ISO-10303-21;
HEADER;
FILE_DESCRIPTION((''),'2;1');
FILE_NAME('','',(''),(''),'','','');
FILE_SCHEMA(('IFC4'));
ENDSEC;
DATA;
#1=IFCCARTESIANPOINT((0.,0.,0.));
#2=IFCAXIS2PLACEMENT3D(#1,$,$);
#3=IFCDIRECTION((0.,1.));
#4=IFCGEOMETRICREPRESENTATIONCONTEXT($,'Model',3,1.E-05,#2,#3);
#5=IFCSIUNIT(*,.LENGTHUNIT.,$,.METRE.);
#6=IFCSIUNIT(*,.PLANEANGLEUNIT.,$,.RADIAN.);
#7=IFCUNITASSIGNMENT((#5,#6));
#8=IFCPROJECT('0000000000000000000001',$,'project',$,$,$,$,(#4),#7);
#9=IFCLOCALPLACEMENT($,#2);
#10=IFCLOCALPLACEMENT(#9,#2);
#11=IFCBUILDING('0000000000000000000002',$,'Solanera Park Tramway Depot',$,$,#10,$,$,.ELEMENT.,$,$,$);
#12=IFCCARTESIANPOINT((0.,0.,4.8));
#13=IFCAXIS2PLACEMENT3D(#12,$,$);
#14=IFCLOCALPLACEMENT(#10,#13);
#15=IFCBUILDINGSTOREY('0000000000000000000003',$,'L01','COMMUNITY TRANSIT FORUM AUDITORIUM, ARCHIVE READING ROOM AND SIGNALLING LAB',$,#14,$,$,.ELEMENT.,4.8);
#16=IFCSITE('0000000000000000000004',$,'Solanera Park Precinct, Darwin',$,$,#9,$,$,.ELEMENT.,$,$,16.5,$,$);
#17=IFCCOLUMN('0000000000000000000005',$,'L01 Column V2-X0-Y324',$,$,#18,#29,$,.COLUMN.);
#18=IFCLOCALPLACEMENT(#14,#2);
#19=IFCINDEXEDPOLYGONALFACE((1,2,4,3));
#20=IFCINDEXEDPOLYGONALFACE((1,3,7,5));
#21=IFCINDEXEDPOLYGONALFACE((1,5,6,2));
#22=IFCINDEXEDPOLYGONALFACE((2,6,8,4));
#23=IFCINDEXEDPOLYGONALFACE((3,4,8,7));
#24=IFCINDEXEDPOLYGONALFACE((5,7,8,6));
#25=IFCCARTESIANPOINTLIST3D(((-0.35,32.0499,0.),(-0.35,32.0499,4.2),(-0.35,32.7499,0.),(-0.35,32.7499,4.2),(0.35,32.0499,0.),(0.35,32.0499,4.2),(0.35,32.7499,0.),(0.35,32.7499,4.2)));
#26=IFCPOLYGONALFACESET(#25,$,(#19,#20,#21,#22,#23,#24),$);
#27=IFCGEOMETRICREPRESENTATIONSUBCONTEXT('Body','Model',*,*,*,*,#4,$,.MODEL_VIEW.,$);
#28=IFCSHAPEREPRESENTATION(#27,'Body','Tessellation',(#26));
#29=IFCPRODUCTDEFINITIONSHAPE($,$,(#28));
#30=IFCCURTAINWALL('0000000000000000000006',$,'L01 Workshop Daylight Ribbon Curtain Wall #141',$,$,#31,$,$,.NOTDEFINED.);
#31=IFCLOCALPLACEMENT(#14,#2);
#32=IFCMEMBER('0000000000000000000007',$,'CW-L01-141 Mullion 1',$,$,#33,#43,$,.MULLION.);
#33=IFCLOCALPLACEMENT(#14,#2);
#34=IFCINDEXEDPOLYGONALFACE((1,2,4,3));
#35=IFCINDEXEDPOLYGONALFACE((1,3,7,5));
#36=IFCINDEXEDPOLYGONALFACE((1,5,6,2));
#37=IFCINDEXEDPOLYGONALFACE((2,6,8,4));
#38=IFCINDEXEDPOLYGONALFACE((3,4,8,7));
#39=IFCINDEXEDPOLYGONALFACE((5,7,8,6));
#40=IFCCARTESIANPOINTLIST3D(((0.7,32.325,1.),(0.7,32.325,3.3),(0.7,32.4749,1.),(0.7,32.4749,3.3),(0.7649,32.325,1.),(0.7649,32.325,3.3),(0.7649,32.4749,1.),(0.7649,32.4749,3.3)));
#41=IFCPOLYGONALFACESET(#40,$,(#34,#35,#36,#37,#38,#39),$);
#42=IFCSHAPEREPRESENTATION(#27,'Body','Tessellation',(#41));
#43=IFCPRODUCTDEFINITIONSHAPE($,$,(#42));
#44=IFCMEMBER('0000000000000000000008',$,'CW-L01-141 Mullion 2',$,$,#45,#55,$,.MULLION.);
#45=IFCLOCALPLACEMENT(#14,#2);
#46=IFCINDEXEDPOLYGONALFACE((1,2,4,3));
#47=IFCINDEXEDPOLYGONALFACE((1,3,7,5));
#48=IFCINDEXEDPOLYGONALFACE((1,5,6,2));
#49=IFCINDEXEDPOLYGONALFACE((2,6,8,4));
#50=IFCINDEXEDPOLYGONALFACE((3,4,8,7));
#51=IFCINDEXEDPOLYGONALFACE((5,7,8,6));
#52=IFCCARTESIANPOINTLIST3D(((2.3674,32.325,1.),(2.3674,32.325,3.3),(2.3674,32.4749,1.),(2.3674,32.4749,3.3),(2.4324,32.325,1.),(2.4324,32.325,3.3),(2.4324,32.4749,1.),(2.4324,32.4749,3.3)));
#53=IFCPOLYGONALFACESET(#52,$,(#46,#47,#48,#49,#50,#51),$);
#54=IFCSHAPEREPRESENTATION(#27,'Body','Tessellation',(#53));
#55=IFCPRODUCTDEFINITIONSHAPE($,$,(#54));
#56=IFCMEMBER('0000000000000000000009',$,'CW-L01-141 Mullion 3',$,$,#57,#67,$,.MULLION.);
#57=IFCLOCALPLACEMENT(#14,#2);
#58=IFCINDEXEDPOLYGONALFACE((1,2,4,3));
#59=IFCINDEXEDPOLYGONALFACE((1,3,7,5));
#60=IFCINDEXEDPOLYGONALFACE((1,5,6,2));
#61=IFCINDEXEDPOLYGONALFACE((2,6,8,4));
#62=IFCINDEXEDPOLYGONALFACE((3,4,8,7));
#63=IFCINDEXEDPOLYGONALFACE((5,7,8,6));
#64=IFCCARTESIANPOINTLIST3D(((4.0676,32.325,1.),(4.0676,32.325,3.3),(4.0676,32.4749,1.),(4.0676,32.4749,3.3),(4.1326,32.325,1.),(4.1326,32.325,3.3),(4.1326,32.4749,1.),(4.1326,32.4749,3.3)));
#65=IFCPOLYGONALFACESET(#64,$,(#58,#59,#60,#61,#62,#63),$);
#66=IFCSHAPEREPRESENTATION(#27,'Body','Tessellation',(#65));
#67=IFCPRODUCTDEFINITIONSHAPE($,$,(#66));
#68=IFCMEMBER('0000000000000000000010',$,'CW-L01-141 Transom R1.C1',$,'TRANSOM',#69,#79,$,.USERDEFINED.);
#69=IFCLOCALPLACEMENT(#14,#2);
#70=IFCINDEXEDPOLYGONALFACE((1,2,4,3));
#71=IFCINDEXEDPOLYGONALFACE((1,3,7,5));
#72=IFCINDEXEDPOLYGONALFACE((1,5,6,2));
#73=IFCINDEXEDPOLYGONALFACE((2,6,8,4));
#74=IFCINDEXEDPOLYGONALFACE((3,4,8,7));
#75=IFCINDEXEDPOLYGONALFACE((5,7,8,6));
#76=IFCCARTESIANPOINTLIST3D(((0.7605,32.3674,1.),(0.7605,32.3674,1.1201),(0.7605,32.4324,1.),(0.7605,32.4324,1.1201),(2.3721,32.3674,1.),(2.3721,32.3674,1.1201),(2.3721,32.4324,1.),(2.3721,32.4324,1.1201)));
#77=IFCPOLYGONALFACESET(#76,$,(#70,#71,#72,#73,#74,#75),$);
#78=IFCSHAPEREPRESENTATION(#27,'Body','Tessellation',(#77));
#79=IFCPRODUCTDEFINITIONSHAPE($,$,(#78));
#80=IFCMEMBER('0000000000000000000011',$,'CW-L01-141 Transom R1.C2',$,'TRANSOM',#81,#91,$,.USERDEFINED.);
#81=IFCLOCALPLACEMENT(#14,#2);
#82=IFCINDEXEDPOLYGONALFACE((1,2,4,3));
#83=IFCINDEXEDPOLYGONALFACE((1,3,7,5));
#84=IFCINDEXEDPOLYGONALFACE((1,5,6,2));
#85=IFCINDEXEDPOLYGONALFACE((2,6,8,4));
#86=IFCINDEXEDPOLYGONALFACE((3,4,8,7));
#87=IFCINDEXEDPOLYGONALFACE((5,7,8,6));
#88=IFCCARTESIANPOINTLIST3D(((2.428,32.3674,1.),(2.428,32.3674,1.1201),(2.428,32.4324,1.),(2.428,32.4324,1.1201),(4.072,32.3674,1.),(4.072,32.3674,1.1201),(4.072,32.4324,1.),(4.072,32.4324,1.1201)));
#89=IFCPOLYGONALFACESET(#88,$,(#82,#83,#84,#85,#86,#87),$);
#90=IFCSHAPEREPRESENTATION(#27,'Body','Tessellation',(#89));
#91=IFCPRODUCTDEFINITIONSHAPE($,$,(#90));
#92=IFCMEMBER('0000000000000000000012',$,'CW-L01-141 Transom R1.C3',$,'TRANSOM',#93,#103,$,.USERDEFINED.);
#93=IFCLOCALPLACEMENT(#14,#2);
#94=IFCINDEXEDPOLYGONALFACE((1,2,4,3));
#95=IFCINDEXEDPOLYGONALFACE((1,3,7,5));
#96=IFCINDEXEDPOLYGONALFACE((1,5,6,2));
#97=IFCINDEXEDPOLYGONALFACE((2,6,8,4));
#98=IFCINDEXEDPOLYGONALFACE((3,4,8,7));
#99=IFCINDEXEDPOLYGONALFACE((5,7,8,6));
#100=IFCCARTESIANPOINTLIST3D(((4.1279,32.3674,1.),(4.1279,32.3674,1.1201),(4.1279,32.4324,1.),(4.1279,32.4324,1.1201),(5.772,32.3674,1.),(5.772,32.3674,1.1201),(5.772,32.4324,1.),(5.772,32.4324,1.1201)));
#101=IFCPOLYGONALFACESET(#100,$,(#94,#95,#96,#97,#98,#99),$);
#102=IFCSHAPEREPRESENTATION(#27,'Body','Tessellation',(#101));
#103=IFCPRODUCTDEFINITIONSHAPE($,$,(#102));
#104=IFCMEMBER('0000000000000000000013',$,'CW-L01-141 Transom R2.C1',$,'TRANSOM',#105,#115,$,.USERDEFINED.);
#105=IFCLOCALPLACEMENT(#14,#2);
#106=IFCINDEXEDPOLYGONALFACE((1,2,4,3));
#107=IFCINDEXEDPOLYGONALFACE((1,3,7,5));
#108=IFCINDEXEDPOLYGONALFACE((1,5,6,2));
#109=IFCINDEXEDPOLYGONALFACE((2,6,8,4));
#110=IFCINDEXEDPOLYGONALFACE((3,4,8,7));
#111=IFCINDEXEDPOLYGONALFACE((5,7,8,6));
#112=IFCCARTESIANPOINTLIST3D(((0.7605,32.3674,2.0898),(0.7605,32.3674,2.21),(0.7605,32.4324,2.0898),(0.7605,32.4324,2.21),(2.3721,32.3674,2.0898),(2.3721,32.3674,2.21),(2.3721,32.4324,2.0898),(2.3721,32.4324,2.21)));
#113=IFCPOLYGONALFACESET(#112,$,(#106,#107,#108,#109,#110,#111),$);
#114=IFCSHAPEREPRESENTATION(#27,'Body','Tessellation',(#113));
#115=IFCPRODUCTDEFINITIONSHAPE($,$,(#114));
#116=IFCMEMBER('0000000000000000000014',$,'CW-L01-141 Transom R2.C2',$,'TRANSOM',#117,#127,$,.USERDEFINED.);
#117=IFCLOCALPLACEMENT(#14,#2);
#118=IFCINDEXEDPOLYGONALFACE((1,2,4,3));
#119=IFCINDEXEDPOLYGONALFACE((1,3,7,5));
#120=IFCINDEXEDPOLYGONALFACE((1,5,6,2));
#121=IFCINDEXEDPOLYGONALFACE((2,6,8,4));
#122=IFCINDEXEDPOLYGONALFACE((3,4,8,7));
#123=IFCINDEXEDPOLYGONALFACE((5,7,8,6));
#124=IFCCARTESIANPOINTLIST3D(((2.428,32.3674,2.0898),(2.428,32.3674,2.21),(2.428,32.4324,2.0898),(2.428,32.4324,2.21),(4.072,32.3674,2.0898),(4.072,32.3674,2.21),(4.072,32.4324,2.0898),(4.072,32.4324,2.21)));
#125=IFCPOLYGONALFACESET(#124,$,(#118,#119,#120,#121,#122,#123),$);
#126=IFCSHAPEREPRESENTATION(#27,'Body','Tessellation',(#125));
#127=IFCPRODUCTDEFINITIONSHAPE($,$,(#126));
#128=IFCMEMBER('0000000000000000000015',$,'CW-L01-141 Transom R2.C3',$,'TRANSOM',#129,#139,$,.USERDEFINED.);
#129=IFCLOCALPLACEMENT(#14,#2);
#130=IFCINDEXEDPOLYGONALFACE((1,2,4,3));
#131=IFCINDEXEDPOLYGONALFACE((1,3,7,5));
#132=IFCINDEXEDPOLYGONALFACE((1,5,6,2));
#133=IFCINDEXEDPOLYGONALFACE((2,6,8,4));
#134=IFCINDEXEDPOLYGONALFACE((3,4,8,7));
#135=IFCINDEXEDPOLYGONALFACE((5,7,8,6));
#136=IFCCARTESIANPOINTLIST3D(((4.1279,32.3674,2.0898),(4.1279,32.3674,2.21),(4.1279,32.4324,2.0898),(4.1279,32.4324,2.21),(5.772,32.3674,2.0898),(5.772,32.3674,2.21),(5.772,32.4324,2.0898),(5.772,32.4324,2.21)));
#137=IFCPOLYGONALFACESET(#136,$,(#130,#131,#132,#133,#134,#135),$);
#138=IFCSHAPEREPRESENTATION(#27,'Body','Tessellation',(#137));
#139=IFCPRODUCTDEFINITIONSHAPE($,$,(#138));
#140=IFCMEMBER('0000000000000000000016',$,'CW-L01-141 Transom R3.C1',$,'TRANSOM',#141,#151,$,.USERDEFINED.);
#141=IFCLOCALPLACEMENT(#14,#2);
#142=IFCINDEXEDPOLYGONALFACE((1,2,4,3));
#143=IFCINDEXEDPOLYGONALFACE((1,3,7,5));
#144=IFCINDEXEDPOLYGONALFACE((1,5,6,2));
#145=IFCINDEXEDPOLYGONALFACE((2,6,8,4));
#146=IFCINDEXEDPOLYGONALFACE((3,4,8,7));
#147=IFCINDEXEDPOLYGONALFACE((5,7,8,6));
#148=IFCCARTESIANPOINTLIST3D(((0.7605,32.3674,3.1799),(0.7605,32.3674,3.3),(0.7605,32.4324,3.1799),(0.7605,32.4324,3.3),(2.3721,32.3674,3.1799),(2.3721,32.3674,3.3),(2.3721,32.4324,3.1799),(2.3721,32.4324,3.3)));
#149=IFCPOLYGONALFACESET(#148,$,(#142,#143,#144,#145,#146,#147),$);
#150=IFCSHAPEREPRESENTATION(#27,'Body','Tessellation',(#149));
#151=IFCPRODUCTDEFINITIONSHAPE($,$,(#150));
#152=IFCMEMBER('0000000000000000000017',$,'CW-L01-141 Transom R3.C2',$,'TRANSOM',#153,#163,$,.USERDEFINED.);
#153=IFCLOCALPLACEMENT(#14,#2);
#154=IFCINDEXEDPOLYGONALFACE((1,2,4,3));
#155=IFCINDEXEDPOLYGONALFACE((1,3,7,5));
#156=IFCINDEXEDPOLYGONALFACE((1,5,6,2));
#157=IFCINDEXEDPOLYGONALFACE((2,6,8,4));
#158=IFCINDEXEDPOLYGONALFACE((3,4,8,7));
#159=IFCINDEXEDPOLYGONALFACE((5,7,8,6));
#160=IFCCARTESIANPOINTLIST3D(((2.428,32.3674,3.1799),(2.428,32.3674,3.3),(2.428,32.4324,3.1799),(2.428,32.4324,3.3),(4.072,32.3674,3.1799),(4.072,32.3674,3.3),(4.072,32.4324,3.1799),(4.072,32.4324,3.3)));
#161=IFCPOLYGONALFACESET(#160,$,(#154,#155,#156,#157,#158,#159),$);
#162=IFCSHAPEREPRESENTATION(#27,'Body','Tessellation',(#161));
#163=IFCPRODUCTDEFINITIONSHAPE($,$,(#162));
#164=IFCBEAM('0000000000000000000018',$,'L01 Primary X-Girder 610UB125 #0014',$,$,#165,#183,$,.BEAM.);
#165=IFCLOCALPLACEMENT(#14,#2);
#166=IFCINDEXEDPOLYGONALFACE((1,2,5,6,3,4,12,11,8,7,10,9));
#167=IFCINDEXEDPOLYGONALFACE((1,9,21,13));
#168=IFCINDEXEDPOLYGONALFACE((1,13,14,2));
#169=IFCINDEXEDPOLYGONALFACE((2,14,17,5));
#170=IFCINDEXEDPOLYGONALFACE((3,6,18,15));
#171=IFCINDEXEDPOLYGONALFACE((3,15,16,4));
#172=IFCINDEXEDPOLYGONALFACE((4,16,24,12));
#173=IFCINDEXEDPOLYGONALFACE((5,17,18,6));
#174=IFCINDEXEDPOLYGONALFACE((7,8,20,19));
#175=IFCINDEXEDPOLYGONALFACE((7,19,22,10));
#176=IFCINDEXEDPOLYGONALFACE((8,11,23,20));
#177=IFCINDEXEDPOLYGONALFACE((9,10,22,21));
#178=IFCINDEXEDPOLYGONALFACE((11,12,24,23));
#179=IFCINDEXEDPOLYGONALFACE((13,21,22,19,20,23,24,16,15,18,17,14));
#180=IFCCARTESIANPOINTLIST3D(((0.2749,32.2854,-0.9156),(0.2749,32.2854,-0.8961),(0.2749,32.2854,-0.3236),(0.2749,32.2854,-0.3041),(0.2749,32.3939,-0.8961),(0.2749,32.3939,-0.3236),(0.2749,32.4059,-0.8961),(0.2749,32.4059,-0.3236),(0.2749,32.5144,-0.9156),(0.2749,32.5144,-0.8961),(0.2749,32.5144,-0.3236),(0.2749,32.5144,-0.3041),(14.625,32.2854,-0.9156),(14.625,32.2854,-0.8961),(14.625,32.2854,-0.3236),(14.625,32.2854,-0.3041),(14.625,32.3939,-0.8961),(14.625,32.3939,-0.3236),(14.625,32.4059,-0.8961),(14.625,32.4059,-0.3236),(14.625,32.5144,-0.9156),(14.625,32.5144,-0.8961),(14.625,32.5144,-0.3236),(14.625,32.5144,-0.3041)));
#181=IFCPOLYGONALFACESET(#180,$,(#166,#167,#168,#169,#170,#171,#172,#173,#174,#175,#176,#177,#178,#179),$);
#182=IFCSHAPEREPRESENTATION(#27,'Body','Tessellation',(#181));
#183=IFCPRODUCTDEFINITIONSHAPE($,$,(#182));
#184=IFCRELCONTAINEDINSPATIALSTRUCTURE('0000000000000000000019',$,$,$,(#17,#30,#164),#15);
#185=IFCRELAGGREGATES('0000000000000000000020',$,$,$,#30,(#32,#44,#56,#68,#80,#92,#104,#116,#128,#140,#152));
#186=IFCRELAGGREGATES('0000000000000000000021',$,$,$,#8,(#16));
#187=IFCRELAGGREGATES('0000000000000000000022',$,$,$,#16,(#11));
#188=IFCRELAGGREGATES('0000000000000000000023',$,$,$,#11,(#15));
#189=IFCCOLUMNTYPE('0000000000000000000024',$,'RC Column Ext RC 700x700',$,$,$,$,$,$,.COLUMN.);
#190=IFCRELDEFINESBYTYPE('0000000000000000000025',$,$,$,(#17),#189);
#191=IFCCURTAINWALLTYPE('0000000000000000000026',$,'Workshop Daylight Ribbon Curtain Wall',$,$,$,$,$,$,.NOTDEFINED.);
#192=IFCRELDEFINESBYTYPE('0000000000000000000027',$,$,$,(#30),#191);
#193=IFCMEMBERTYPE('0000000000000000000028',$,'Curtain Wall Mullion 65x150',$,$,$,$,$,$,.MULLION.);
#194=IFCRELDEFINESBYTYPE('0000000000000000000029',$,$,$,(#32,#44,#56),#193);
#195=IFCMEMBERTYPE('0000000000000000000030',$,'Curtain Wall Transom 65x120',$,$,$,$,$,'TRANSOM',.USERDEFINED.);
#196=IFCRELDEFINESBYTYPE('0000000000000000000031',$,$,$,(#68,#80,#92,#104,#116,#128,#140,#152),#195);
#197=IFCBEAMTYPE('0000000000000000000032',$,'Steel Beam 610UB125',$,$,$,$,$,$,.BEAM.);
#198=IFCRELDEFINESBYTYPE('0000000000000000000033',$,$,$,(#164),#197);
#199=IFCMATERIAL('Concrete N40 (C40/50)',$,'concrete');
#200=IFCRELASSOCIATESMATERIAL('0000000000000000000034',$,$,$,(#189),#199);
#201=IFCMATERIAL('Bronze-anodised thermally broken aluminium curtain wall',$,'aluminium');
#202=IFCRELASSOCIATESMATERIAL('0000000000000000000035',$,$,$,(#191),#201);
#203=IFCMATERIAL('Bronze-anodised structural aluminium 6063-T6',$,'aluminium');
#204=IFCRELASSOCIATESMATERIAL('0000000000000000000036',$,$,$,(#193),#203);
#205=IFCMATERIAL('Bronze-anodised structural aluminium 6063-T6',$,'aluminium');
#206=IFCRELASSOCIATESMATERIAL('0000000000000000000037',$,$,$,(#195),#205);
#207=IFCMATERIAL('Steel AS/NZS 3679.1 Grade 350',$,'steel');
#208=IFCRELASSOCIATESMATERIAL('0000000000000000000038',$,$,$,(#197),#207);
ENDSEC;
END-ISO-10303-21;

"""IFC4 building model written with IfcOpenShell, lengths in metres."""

from ifc_helpers import new_model, si_unit, direction, frame, origin, origin_2d, place, context, subcontext, project, spatial, rectangle, i_section, extrude, material, material_profile, profile_set, type_object, element, aggregate, save


model = new_model("IFC4")

# Units and contexts
model_context = context("Model", 3, precision=1e-05, world=origin(), true_north=direction((0.0, 1.0)))
body_context = subcontext(model_context, "Body", "Model", "MODEL_VIEW")
ifc_project = project(units=[si_unit("LENGTHUNIT", "METRE"), si_unit("PLANEANGLEUNIT", "RADIAN")], contexts=[model_context])

# Site, building, storey
site_placement = place(None, origin())
site = spatial("IfcSite", under=ifc_project, at=site_placement, Name="Solanera Park Precinct, Darwin", CompositionType="ELEMENT", RefElevation=16.5)
building_placement = place(site_placement, origin())
building = spatial("IfcBuilding", under=site, at=building_placement, Name="Solanera Park Tramway Depot", CompositionType="ELEMENT")
storey_placement = place(building_placement, frame((0.0, 0.0, 4.8)))
storey = spatial("IfcBuildingStorey", under=building, at=storey_placement, Name="L01", Description="COMMUNITY TRANSIT FORUM AUDITORIUM, ARCHIVE READING ROOM AND SIGNALLING LAB", CompositionType="ELEMENT", Elevation=4.8)

# Column
ifc_material_1 = material(Name="Concrete N40 (C40/50)", Category="concrete")
ifc_material_profile_1 = material_profile(ifc_material_1, rectangle(XDim=0.7, YDim=0.7, at=origin_2d()), Name="RC 700x700")
ifc_profile_set_1 = profile_set([ifc_material_profile_1], Name="Concrete N40 (C40/50)")
column_type = type_object("IfcColumnType", Name="RC Column Ext RC 700x700", PredefinedType="COLUMN", material=ifc_profile_set_1)
column_placement = place(storey_placement, frame((0.0, 32.3999, 0.0), z_axis=(0.0, 0.0, 1.0), x_axis=(1.0, 0.0, 0.0)))
element("IfcColumn", 1, at=column_placement, inside=storey, type_object=column_type, Name="L01 Column V2-X0-Y324", PredefinedType="COLUMN", context=body_context, shape_type="SweptSolid", body=[
    extrude(rectangle(XDim=0.7, YDim=0.7, at=origin_2d()), origin(), (0.0, 0.0, 1.0), 4.2),
])

# Curtain wall, members
ifc_material_2 = material(Name="Bronze-anodised thermally broken aluminium curtain wall", Category="aluminium")
curtain_wall_type = type_object("IfcCurtainWallType", Name="Workshop Daylight Ribbon Curtain Wall", PredefinedType="NOTDEFINED", material=ifc_material_2)
curtain_wall_placement = place(storey_placement, origin())
curtain_wall = element("IfcCurtainWall", 2, at=curtain_wall_placement, inside=storey, type_object=curtain_wall_type, Name="L01 Workshop Daylight Ribbon Curtain Wall #141", PredefinedType="NOTDEFINED")
ifc_material_3 = material(Name="Bronze-anodised structural aluminium 6063-T6", Category="aluminium")
ifc_material_profile_2 = material_profile(ifc_material_3, rectangle(XDim=0.0649, YDim=0.1499, at=origin_2d()), Name="Curtain Wall Mullion 65x150")
ifc_profile_set_2 = profile_set([ifc_material_profile_2], Name="Bronze-anodised structural aluminium 6063-T6")
member_type_1 = type_object("IfcMemberType", Name="Curtain Wall Mullion 65x150", PredefinedType="MULLION", material=ifc_profile_set_2)
member_1_placement = place(storey_placement, frame((0.7324, 32.3999, 1.0), z_axis=(0.0, 0.0, 1.0), x_axis=(1.0, 0.0, 0.0)))
member_1 = element("IfcMember", 3, at=member_1_placement, type_object=member_type_1, Name="CW-L01-141 Mullion 1", PredefinedType="MULLION", context=body_context, shape_type="SweptSolid", body=[
    extrude(rectangle(XDim=0.0649, YDim=0.1499, at=origin_2d()), origin(), (0.0, 0.0, 1.0), 2.3),
])
member_2_placement = place(storey_placement, frame((2.3999, 32.3999, 1.0), z_axis=(0.0, 0.0, 1.0), x_axis=(1.0, 0.0, 0.0)))
member_2 = element("IfcMember", 4, at=member_2_placement, type_object=member_type_1, Name="CW-L01-141 Mullion 2", PredefinedType="MULLION", context=body_context, shape_type="SweptSolid", body=[
    extrude(rectangle(XDim=0.0649, YDim=0.1499, at=origin_2d()), origin(), (0.0, 0.0, 1.0), 2.3),
])
member_3_placement = place(storey_placement, frame((4.1001, 32.3999, 1.0), z_axis=(0.0, 0.0, 1.0), x_axis=(1.0, 0.0, 0.0)))
member_3 = element("IfcMember", 5, at=member_3_placement, type_object=member_type_1, Name="CW-L01-141 Mullion 3", PredefinedType="MULLION", context=body_context, shape_type="SweptSolid", body=[
    extrude(rectangle(XDim=0.0649, YDim=0.1499, at=origin_2d()), origin(), (0.0, 0.0, 1.0), 2.3),
])
ifc_material_4 = material(Name="Bronze-anodised structural aluminium 6063-T6", Category="aluminium")
ifc_material_profile_3 = material_profile(ifc_material_4, rectangle(XDim=0.0649, YDim=0.1201, at=origin_2d()), Name="Curtain Wall Transom 65x120")
ifc_profile_set_3 = profile_set([ifc_material_profile_3], Name="Bronze-anodised structural aluminium 6063-T6")
member_type_2 = type_object("IfcMemberType", Name="Curtain Wall Transom 65x120", ElementType="TRANSOM", PredefinedType="USERDEFINED", material=ifc_profile_set_3)
member_4_placement = place(storey_placement, frame((0.7605, 32.3999, 1.0601), z_axis=(1.0, 0.0, 0.0), x_axis=(0.0, 1.0, 0.0)))
member_4 = element("IfcMember", 6, at=member_4_placement, type_object=member_type_2, Name="CW-L01-141 Transom R1.C1", ObjectType="TRANSOM", PredefinedType="USERDEFINED", context=body_context, shape_type="SweptSolid", body=[
    extrude(rectangle(XDim=0.0649, YDim=0.1201, at=origin_2d()), origin(), (0.0, 0.0, 1.0), 1.6116),
])
member_5_placement = place(storey_placement, frame((2.428, 32.3999, 1.0601), z_axis=(1.0, 0.0, 0.0), x_axis=(0.0, 1.0, 0.0)))
member_5 = element("IfcMember", 7, at=member_5_placement, type_object=member_type_2, Name="CW-L01-141 Transom R1.C2", ObjectType="TRANSOM", PredefinedType="USERDEFINED", context=body_context, shape_type="SweptSolid", body=[
    extrude(rectangle(XDim=0.0649, YDim=0.1201, at=origin_2d()), origin(), (0.0, 0.0, 1.0), 1.644),
])
member_6_placement = place(storey_placement, frame((4.1279, 32.3999, 1.0601), z_axis=(1.0, 0.0, 0.0), x_axis=(0.0, 1.0, 0.0)))
member_6 = element("IfcMember", 8, at=member_6_placement, type_object=member_type_2, Name="CW-L01-141 Transom R1.C3", ObjectType="TRANSOM", PredefinedType="USERDEFINED", context=body_context, shape_type="SweptSolid", body=[
    extrude(rectangle(XDim=0.0649, YDim=0.1201, at=origin_2d()), origin(), (0.0, 0.0, 1.0), 1.644),
])
member_7_placement = place(storey_placement, frame((0.7605, 32.3999, 2.1499), z_axis=(1.0, 0.0, 0.0), x_axis=(0.0, 1.0, 0.0)))
member_7 = element("IfcMember", 9, at=member_7_placement, type_object=member_type_2, Name="CW-L01-141 Transom R2.C1", ObjectType="TRANSOM", PredefinedType="USERDEFINED", context=body_context, shape_type="SweptSolid", body=[
    extrude(rectangle(XDim=0.0649, YDim=0.1201, at=origin_2d()), origin(), (0.0, 0.0, 1.0), 1.6116),
])
member_8_placement = place(storey_placement, frame((2.428, 32.3999, 2.1499), z_axis=(1.0, 0.0, 0.0), x_axis=(0.0, 1.0, 0.0)))
member_8 = element("IfcMember", 10, at=member_8_placement, type_object=member_type_2, Name="CW-L01-141 Transom R2.C2", ObjectType="TRANSOM", PredefinedType="USERDEFINED", context=body_context, shape_type="SweptSolid", body=[
    extrude(rectangle(XDim=0.0649, YDim=0.1201, at=origin_2d()), origin(), (0.0, 0.0, 1.0), 1.644),
])
member_9_placement = place(storey_placement, frame((4.1279, 32.3999, 2.1499), z_axis=(1.0, 0.0, 0.0), x_axis=(0.0, 1.0, 0.0)))
member_9 = element("IfcMember", 11, at=member_9_placement, type_object=member_type_2, Name="CW-L01-141 Transom R2.C3", ObjectType="TRANSOM", PredefinedType="USERDEFINED", context=body_context, shape_type="SweptSolid", body=[
    extrude(rectangle(XDim=0.0649, YDim=0.1201, at=origin_2d()), origin(), (0.0, 0.0, 1.0), 1.644),
])
member_10_placement = place(storey_placement, frame((0.7605, 32.3999, 3.24), z_axis=(1.0, 0.0, 0.0), x_axis=(0.0, 1.0, 0.0)))
member_10 = element("IfcMember", 12, at=member_10_placement, type_object=member_type_2, Name="CW-L01-141 Transom R3.C1", ObjectType="TRANSOM", PredefinedType="USERDEFINED", context=body_context, shape_type="SweptSolid", body=[
    extrude(rectangle(XDim=0.0649, YDim=0.1201, at=origin_2d()), origin(), (0.0, 0.0, 1.0), 1.6116),
])
member_11_placement = place(storey_placement, frame((2.428, 32.3999, 3.24), z_axis=(1.0, 0.0, 0.0), x_axis=(0.0, 1.0, 0.0)))
member_11 = element("IfcMember", 13, at=member_11_placement, type_object=member_type_2, Name="CW-L01-141 Transom R3.C2", ObjectType="TRANSOM", PredefinedType="USERDEFINED", context=body_context, shape_type="SweptSolid", body=[
    extrude(rectangle(XDim=0.0649, YDim=0.1201, at=origin_2d()), origin(), (0.0, 0.0, 1.0), 1.644),
])

# Beam
ifc_material_5 = material(Name="Steel AS/NZS 3679.1 Grade 350", Category="steel")
ifc_material_profile_4 = material_profile(ifc_material_5, i_section(OverallWidth=0.229, OverallDepth=0.6116, WebThickness=0.012, FlangeThickness=0.0195, at=origin_2d()), Name="610UB125")
ifc_profile_set_4 = profile_set([ifc_material_profile_4], Name="Steel AS/NZS 3679.1 Grade 350")
beam_type_1 = type_object("IfcBeamType", Name="Steel Beam 610UB125", PredefinedType="BEAM", material=ifc_profile_set_4)
beam_1_placement = place(storey_placement, frame((0.2749, 32.3999, -0.6099), z_axis=(1.0, 0.0, 0.0), x_axis=(0.0, 1.0, 0.0)))
element("IfcBeam", 14, at=beam_1_placement, inside=storey, type_object=beam_type_1, Name="L01 Primary X-Girder 610UB125 #0014", PredefinedType="BEAM", context=body_context, shape_type="SweptSolid", body=[
    extrude(i_section(OverallWidth=0.229, OverallDepth=0.6116, WebThickness=0.012, FlangeThickness=0.0195, at=origin_2d()), origin(), (0.0, 0.0, 1.0), 14.3501),
])

aggregate(curtain_wall, [member_1, member_2, member_3, member_4, member_5, member_6, member_7, member_8, member_9, member_10, member_11])

save(model, "model.ifc")
